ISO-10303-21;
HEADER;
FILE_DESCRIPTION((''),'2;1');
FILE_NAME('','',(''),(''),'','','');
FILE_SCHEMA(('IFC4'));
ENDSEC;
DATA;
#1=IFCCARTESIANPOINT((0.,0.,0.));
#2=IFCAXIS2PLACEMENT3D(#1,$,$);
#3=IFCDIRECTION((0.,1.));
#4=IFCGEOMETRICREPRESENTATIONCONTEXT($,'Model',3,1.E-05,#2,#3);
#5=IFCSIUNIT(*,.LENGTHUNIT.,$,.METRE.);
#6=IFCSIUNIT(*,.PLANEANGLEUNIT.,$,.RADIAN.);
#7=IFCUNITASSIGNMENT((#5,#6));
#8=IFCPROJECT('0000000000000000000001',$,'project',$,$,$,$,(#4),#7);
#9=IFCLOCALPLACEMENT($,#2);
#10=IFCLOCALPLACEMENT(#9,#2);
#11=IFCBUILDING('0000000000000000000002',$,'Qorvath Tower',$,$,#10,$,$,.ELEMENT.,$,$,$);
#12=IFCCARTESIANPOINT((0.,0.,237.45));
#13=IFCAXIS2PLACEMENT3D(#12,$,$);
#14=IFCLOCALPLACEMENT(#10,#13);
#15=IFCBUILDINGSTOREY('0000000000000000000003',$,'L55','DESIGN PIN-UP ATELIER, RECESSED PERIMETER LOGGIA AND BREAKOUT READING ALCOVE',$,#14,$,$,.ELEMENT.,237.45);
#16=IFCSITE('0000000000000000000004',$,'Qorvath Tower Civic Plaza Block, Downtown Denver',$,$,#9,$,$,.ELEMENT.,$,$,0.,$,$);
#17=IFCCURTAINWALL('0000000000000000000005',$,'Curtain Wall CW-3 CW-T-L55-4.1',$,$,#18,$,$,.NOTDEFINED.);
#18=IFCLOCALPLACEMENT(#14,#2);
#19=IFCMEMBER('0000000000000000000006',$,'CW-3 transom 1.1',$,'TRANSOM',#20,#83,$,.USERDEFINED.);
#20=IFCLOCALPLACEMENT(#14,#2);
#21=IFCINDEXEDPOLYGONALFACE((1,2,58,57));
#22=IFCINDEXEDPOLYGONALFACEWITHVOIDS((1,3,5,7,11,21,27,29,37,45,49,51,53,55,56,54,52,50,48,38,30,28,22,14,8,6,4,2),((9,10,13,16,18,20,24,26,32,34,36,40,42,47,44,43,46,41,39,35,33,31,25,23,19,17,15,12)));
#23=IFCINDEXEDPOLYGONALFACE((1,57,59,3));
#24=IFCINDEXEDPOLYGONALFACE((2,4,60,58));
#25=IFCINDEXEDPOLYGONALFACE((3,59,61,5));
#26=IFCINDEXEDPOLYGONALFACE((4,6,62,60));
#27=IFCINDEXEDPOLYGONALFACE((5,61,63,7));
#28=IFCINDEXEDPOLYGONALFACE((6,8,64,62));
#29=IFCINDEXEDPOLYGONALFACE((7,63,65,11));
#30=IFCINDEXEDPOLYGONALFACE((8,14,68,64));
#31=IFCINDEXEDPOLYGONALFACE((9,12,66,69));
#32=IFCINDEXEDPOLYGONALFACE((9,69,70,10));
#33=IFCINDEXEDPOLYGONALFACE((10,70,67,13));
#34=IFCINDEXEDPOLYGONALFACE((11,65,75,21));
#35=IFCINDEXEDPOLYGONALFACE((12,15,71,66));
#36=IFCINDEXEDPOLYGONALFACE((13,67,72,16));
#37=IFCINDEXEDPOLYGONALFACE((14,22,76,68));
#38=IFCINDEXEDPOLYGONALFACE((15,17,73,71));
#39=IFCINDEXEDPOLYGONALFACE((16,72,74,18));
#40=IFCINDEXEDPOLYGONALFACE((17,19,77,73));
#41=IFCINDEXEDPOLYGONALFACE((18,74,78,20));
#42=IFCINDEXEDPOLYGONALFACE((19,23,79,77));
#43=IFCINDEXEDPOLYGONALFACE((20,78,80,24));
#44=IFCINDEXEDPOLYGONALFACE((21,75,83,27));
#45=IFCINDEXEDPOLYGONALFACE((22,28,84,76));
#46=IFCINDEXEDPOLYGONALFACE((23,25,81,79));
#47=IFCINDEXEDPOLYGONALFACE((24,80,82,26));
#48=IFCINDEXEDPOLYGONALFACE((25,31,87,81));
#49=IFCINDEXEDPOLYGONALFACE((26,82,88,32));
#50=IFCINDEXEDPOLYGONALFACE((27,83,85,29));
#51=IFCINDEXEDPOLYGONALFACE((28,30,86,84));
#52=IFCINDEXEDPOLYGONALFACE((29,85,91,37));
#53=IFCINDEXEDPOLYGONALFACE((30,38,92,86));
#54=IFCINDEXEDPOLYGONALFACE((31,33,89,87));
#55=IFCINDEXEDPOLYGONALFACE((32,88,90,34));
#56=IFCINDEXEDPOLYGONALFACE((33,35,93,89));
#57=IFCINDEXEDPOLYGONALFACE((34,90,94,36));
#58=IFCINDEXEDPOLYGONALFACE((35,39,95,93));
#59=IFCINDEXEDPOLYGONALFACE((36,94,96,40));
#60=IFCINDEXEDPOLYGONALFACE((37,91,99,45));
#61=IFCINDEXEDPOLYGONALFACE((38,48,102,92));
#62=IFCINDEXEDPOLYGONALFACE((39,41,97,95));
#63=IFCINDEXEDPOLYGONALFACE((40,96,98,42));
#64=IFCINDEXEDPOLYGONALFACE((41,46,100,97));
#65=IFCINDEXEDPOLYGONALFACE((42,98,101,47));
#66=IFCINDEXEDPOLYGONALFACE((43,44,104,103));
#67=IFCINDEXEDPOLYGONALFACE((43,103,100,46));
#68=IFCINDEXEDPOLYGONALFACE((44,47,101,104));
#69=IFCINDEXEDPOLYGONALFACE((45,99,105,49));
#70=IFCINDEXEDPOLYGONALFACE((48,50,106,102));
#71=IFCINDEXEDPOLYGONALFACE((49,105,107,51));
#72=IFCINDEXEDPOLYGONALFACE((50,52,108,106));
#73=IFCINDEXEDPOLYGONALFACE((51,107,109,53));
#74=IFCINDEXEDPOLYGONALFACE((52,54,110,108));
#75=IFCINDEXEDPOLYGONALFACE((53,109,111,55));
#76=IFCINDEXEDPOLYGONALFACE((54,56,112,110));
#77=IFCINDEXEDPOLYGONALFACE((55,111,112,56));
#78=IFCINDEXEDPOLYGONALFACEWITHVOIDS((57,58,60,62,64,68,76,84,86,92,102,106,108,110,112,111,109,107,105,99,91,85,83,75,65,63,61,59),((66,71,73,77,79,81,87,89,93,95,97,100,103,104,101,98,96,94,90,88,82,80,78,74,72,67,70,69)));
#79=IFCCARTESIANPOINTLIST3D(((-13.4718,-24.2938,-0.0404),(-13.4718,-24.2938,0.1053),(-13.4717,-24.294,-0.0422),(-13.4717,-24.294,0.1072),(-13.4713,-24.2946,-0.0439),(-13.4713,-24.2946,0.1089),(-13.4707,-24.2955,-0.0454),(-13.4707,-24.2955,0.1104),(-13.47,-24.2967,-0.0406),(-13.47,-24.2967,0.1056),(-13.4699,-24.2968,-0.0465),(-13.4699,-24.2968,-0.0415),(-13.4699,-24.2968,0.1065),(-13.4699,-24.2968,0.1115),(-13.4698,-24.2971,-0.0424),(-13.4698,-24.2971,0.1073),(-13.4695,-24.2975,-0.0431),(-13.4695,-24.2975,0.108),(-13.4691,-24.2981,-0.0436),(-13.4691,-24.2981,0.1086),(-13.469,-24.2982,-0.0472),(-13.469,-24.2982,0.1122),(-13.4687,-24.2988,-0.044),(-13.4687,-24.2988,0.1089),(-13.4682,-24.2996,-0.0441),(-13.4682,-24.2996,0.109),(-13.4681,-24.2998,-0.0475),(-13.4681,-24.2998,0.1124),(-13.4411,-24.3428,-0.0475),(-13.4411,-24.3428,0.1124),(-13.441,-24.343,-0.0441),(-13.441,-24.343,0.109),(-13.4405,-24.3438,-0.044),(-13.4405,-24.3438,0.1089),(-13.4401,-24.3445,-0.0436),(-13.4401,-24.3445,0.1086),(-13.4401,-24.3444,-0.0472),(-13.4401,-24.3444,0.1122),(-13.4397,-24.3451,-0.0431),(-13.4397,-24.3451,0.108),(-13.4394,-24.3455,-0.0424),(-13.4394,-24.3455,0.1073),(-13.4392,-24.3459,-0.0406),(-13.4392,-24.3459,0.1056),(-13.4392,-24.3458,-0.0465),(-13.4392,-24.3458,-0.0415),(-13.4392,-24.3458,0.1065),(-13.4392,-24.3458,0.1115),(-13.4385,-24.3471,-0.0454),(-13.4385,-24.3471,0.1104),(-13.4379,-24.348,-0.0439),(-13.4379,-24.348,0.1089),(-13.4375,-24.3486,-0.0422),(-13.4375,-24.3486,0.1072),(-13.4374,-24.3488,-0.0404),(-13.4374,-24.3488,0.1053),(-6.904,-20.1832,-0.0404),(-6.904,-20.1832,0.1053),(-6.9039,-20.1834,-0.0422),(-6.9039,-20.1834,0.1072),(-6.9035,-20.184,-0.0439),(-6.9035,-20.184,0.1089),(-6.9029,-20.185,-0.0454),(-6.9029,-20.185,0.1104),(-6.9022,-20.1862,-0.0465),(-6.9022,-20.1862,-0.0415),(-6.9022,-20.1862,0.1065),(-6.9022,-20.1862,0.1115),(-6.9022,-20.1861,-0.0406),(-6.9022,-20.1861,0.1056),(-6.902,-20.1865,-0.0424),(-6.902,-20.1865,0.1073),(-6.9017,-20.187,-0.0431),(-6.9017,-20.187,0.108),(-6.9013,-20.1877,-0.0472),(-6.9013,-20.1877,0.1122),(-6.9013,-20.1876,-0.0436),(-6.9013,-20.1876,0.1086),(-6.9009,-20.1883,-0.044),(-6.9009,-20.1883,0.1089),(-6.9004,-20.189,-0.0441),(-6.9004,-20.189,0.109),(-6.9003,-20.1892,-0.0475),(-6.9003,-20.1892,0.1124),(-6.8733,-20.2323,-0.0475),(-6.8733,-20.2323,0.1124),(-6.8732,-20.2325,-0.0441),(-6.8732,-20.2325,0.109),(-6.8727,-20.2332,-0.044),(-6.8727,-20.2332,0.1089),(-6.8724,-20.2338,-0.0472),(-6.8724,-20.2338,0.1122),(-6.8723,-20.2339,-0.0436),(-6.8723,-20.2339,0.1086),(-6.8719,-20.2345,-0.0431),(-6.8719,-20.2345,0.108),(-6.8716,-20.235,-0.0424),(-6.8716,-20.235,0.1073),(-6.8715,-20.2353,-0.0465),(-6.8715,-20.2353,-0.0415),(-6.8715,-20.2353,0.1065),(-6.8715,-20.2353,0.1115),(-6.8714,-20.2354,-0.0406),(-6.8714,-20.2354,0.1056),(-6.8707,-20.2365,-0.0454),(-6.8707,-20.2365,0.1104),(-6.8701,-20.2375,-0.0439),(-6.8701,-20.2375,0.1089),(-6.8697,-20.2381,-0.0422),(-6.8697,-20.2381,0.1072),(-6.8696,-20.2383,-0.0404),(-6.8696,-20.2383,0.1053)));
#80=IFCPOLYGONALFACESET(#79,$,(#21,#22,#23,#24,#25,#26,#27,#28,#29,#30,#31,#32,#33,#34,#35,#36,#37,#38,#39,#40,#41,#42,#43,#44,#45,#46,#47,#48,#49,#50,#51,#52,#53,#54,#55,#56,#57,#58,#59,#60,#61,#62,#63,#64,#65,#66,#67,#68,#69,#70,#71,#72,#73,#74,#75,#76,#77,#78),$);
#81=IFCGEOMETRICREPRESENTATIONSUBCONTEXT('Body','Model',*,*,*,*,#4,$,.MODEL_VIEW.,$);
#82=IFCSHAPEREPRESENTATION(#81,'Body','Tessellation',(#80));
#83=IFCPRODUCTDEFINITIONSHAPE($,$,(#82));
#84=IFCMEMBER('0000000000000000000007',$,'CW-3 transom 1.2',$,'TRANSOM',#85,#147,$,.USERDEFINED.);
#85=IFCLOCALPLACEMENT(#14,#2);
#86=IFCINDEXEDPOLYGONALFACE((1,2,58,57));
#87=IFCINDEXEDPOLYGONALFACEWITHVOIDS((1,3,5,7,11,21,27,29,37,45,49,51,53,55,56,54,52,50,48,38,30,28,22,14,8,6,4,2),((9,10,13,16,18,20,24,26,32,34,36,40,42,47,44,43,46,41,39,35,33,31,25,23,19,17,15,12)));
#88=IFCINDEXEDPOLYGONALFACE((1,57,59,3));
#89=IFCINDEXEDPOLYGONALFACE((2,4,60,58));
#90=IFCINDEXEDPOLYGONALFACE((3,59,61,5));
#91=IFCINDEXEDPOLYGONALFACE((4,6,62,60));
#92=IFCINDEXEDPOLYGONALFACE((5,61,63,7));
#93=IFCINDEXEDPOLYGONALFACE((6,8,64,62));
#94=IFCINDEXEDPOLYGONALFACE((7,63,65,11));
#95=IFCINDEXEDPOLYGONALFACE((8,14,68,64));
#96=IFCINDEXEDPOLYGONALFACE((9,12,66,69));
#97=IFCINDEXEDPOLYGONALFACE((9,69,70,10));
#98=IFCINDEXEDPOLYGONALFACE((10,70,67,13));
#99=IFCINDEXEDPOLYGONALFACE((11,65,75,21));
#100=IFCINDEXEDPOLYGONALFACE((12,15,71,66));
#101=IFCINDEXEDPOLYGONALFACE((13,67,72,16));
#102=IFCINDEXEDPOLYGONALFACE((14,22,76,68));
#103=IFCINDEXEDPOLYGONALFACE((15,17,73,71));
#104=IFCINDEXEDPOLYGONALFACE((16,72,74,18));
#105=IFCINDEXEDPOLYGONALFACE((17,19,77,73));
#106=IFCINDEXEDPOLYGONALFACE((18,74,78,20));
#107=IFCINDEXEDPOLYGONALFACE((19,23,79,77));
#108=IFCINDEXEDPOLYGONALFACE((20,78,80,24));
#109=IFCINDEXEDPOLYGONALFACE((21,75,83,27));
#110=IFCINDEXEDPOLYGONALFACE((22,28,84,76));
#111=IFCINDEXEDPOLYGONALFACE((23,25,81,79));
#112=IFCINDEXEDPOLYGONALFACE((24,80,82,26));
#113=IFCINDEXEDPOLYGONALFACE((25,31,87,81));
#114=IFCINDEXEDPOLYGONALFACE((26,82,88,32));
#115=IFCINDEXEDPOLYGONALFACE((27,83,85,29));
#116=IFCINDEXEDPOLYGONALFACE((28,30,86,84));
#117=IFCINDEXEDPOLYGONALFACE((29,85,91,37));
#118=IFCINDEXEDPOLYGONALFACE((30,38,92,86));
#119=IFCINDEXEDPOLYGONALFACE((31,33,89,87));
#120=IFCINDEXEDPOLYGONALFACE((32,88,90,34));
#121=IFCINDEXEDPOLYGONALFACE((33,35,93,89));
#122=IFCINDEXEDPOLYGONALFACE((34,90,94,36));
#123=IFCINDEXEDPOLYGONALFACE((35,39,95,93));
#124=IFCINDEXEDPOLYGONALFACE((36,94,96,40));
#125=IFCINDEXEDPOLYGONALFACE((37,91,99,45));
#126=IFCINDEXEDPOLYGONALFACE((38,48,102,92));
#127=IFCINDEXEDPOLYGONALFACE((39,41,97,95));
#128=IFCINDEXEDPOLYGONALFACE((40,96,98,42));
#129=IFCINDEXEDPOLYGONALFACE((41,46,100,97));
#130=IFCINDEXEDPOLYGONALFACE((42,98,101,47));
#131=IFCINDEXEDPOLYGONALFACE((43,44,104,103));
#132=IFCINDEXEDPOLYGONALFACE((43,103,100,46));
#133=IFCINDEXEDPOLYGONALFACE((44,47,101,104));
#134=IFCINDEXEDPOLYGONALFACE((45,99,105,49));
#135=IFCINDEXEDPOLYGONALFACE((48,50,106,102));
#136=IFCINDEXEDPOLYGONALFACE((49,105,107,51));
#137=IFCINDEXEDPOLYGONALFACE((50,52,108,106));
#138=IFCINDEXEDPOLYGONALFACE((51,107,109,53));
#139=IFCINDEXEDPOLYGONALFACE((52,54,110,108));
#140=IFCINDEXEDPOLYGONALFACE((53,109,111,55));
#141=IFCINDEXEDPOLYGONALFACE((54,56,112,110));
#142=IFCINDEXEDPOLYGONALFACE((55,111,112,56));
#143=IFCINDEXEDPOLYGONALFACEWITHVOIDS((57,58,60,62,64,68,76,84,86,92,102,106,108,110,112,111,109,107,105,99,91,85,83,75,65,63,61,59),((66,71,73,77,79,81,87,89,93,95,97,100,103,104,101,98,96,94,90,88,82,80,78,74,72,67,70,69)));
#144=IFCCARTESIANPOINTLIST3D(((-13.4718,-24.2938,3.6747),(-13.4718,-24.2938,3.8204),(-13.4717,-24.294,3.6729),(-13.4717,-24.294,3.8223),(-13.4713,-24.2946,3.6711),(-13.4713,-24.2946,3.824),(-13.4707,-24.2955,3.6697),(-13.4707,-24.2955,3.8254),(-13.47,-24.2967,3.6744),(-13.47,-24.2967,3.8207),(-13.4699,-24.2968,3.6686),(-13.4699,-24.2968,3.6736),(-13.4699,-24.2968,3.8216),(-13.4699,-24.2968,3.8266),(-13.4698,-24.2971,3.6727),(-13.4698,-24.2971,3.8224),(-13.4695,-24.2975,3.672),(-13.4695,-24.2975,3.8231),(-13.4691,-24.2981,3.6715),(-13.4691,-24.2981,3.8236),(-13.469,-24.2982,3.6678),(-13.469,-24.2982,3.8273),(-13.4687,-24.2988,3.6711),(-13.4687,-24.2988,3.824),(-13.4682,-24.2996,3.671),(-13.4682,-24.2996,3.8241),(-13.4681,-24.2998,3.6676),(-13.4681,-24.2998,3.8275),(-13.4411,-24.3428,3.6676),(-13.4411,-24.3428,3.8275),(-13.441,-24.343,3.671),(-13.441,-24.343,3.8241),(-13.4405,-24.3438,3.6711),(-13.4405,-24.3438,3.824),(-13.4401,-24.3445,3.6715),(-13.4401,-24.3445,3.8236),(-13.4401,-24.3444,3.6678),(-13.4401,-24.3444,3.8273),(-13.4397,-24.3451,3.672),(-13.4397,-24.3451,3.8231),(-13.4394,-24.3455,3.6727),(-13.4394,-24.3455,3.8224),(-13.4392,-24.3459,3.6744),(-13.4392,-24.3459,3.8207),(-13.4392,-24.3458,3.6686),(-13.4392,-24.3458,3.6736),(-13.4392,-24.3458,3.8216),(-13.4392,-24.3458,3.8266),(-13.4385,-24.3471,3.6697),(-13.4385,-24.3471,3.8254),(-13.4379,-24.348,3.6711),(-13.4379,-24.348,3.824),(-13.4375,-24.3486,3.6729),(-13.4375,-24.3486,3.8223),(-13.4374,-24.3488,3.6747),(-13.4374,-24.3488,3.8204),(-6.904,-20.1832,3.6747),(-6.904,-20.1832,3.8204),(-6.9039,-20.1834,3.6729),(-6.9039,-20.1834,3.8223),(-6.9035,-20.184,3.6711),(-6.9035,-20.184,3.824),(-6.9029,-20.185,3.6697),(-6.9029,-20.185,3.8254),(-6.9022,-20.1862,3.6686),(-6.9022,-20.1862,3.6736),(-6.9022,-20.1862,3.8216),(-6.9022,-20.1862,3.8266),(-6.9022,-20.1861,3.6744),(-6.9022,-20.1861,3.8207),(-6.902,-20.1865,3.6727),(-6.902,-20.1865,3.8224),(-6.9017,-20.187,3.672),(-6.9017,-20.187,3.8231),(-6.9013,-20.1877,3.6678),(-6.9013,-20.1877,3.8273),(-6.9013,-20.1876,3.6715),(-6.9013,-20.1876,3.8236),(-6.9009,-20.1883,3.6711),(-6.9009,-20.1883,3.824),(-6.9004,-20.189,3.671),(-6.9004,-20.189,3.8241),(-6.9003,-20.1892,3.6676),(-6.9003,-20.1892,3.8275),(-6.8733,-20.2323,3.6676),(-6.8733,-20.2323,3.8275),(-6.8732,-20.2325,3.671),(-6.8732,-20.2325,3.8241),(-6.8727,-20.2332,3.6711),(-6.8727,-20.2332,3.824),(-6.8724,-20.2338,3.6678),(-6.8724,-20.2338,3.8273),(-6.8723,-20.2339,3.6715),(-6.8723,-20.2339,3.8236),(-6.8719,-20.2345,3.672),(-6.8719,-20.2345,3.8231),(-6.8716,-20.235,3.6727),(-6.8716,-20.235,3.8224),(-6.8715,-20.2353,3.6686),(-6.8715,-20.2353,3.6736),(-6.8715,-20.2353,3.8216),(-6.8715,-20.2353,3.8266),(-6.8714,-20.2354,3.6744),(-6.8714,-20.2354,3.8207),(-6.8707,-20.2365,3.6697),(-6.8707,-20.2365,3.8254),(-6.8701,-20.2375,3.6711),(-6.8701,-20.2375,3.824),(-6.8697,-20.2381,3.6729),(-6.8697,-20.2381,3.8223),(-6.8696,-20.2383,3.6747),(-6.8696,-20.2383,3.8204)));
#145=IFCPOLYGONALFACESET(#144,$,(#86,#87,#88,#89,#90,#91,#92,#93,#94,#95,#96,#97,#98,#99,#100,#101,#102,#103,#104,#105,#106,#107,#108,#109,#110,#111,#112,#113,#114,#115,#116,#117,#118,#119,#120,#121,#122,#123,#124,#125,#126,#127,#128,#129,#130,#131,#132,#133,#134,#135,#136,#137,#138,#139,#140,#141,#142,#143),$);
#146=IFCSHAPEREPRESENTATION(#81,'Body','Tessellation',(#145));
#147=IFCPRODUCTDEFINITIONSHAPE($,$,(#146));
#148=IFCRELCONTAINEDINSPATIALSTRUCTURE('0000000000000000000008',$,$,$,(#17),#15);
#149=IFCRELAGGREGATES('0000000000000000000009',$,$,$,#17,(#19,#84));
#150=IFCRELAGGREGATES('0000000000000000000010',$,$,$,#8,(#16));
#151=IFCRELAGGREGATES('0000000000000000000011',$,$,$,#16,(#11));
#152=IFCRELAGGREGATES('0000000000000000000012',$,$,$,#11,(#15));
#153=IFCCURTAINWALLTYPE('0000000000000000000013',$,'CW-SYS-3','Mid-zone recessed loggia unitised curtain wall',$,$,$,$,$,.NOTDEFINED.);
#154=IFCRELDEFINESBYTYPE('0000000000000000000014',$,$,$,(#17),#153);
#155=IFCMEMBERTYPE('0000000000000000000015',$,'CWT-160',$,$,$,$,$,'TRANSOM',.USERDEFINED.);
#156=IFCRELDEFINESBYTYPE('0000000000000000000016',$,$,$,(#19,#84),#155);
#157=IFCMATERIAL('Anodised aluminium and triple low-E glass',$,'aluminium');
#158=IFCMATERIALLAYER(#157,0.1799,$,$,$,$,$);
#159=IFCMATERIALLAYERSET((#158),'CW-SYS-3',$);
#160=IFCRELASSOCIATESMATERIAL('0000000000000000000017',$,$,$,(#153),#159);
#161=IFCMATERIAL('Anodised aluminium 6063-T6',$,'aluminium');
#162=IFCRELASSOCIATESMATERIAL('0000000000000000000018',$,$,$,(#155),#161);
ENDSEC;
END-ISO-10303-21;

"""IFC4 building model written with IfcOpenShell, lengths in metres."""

from ifc_helpers import new_model, si_unit, direction, frame, origin, origin_2d, place, context, subcontext, project, spatial, hollow_rectangle, extrude, material, layer, layer_set, material_profile, profile_set, type_object, element, aggregate, save


model = new_model("IFC4")

# Units and contexts
model_context = context("Model", 3, precision=1e-05, world=origin(), true_north=direction((0.0, 1.0)))
body_context = subcontext(model_context, "Body", "Model", "MODEL_VIEW")
ifc_project = project(units=[si_unit("LENGTHUNIT", "METRE"), si_unit("PLANEANGLEUNIT", "RADIAN")], contexts=[model_context])

# Site, building, storey
site_placement = place(None, origin())
site = spatial("IfcSite", under=ifc_project, at=site_placement, Name="Qorvath Tower Civic Plaza Block, Downtown Denver", CompositionType="ELEMENT", RefElevation=0.0)
building_placement = place(site_placement, origin())
building = spatial("IfcBuilding", under=site, at=building_placement, Name="Qorvath Tower", CompositionType="ELEMENT")
storey_placement = place(building_placement, frame((0.0, 0.0, 237.45)))
storey = spatial("IfcBuildingStorey", under=building, at=storey_placement, Name="L55", Description="DESIGN PIN-UP ATELIER, RECESSED PERIMETER LOGGIA AND BREAKOUT READING ALCOVE", CompositionType="ELEMENT", Elevation=237.45)

# Shared definitions
ifc_material_1 = material(Name="Anodised aluminium and triple low-E glass", Category="aluminium")
ifc_layer_1 = layer(ifc_material_1, 0.1799)
ifc_layer_set_1 = layer_set([ifc_layer_1], Name="CW-SYS-3")
curtain_wall_type = type_object("IfcCurtainWallType", Name="CW-SYS-3", Description="Mid-zone recessed loggia unitised curtain wall", PredefinedType="NOTDEFINED", material=ifc_layer_set_1)

# Curtain wall
curtain_wall_1_placement = place(storey_placement, origin())
curtain_wall_1 = element("IfcCurtainWall", 1, at=curtain_wall_1_placement, inside=storey, type_object=curtain_wall_type, Name="Curtain Wall CW-3 CW-T-L55-4.1", PredefinedType="NOTDEFINED")

# Members
ifc_material_2 = material(Name="Anodised aluminium 6063-T6", Category="aluminium")
ifc_material_profile_1 = material_profile(ifc_material_2, hollow_rectangle(XDim=0.0649, YDim=0.1599, WallThickness=0.0034, InnerFilletRadius=0.0034, OuterFilletRadius=0.0071, at=origin_2d()), Name="CWT 160x65")
ifc_profile_set_1 = profile_set([ifc_material_profile_1], Name="Anodised aluminium 6063-T6")
member_type_1 = type_object("IfcMemberType", Name="CWT-160", ElementType="TRANSOM", PredefinedType="USERDEFINED", material=ifc_profile_set_1)
member_1_placement = place(storey_placement, frame((-13.4546, -24.3213, 0.0325), z_axis=(0.847669, 0.530526, 0.0), x_axis=(-0.530526, 0.847669, 0.0)))
member_1 = element("IfcMember", 2, at=member_1_placement, type_object=member_type_1, Name="CW-3 transom 1.1", ObjectType="TRANSOM", PredefinedType="USERDEFINED", context=body_context, shape_type="SweptSolid", body=[
    extrude(hollow_rectangle(XDim=0.0649, YDim=0.1599, WallThickness=0.0034, InnerFilletRadius=0.0034, OuterFilletRadius=0.0071, at=origin_2d()), origin(), (0.0, 0.0, 1.0), 7.748),
])
member_2_placement = place(storey_placement, frame((-13.4546, -24.3213, 3.7476), z_axis=(0.847669, 0.530526, 0.0), x_axis=(-0.530526, 0.847669, 0.0)))
member_2 = element("IfcMember", 3, at=member_2_placement, type_object=member_type_1, Name="CW-3 transom 1.2", ObjectType="TRANSOM", PredefinedType="USERDEFINED", context=body_context, shape_type="SweptSolid", body=[
    extrude(hollow_rectangle(XDim=0.0649, YDim=0.1599, WallThickness=0.0034, InnerFilletRadius=0.0034, OuterFilletRadius=0.0071, at=origin_2d()), origin(), (0.0, 0.0, 1.0), 7.748),
])

aggregate(curtain_wall_1, [member_1, member_2])

save(model, "model.ifc")
